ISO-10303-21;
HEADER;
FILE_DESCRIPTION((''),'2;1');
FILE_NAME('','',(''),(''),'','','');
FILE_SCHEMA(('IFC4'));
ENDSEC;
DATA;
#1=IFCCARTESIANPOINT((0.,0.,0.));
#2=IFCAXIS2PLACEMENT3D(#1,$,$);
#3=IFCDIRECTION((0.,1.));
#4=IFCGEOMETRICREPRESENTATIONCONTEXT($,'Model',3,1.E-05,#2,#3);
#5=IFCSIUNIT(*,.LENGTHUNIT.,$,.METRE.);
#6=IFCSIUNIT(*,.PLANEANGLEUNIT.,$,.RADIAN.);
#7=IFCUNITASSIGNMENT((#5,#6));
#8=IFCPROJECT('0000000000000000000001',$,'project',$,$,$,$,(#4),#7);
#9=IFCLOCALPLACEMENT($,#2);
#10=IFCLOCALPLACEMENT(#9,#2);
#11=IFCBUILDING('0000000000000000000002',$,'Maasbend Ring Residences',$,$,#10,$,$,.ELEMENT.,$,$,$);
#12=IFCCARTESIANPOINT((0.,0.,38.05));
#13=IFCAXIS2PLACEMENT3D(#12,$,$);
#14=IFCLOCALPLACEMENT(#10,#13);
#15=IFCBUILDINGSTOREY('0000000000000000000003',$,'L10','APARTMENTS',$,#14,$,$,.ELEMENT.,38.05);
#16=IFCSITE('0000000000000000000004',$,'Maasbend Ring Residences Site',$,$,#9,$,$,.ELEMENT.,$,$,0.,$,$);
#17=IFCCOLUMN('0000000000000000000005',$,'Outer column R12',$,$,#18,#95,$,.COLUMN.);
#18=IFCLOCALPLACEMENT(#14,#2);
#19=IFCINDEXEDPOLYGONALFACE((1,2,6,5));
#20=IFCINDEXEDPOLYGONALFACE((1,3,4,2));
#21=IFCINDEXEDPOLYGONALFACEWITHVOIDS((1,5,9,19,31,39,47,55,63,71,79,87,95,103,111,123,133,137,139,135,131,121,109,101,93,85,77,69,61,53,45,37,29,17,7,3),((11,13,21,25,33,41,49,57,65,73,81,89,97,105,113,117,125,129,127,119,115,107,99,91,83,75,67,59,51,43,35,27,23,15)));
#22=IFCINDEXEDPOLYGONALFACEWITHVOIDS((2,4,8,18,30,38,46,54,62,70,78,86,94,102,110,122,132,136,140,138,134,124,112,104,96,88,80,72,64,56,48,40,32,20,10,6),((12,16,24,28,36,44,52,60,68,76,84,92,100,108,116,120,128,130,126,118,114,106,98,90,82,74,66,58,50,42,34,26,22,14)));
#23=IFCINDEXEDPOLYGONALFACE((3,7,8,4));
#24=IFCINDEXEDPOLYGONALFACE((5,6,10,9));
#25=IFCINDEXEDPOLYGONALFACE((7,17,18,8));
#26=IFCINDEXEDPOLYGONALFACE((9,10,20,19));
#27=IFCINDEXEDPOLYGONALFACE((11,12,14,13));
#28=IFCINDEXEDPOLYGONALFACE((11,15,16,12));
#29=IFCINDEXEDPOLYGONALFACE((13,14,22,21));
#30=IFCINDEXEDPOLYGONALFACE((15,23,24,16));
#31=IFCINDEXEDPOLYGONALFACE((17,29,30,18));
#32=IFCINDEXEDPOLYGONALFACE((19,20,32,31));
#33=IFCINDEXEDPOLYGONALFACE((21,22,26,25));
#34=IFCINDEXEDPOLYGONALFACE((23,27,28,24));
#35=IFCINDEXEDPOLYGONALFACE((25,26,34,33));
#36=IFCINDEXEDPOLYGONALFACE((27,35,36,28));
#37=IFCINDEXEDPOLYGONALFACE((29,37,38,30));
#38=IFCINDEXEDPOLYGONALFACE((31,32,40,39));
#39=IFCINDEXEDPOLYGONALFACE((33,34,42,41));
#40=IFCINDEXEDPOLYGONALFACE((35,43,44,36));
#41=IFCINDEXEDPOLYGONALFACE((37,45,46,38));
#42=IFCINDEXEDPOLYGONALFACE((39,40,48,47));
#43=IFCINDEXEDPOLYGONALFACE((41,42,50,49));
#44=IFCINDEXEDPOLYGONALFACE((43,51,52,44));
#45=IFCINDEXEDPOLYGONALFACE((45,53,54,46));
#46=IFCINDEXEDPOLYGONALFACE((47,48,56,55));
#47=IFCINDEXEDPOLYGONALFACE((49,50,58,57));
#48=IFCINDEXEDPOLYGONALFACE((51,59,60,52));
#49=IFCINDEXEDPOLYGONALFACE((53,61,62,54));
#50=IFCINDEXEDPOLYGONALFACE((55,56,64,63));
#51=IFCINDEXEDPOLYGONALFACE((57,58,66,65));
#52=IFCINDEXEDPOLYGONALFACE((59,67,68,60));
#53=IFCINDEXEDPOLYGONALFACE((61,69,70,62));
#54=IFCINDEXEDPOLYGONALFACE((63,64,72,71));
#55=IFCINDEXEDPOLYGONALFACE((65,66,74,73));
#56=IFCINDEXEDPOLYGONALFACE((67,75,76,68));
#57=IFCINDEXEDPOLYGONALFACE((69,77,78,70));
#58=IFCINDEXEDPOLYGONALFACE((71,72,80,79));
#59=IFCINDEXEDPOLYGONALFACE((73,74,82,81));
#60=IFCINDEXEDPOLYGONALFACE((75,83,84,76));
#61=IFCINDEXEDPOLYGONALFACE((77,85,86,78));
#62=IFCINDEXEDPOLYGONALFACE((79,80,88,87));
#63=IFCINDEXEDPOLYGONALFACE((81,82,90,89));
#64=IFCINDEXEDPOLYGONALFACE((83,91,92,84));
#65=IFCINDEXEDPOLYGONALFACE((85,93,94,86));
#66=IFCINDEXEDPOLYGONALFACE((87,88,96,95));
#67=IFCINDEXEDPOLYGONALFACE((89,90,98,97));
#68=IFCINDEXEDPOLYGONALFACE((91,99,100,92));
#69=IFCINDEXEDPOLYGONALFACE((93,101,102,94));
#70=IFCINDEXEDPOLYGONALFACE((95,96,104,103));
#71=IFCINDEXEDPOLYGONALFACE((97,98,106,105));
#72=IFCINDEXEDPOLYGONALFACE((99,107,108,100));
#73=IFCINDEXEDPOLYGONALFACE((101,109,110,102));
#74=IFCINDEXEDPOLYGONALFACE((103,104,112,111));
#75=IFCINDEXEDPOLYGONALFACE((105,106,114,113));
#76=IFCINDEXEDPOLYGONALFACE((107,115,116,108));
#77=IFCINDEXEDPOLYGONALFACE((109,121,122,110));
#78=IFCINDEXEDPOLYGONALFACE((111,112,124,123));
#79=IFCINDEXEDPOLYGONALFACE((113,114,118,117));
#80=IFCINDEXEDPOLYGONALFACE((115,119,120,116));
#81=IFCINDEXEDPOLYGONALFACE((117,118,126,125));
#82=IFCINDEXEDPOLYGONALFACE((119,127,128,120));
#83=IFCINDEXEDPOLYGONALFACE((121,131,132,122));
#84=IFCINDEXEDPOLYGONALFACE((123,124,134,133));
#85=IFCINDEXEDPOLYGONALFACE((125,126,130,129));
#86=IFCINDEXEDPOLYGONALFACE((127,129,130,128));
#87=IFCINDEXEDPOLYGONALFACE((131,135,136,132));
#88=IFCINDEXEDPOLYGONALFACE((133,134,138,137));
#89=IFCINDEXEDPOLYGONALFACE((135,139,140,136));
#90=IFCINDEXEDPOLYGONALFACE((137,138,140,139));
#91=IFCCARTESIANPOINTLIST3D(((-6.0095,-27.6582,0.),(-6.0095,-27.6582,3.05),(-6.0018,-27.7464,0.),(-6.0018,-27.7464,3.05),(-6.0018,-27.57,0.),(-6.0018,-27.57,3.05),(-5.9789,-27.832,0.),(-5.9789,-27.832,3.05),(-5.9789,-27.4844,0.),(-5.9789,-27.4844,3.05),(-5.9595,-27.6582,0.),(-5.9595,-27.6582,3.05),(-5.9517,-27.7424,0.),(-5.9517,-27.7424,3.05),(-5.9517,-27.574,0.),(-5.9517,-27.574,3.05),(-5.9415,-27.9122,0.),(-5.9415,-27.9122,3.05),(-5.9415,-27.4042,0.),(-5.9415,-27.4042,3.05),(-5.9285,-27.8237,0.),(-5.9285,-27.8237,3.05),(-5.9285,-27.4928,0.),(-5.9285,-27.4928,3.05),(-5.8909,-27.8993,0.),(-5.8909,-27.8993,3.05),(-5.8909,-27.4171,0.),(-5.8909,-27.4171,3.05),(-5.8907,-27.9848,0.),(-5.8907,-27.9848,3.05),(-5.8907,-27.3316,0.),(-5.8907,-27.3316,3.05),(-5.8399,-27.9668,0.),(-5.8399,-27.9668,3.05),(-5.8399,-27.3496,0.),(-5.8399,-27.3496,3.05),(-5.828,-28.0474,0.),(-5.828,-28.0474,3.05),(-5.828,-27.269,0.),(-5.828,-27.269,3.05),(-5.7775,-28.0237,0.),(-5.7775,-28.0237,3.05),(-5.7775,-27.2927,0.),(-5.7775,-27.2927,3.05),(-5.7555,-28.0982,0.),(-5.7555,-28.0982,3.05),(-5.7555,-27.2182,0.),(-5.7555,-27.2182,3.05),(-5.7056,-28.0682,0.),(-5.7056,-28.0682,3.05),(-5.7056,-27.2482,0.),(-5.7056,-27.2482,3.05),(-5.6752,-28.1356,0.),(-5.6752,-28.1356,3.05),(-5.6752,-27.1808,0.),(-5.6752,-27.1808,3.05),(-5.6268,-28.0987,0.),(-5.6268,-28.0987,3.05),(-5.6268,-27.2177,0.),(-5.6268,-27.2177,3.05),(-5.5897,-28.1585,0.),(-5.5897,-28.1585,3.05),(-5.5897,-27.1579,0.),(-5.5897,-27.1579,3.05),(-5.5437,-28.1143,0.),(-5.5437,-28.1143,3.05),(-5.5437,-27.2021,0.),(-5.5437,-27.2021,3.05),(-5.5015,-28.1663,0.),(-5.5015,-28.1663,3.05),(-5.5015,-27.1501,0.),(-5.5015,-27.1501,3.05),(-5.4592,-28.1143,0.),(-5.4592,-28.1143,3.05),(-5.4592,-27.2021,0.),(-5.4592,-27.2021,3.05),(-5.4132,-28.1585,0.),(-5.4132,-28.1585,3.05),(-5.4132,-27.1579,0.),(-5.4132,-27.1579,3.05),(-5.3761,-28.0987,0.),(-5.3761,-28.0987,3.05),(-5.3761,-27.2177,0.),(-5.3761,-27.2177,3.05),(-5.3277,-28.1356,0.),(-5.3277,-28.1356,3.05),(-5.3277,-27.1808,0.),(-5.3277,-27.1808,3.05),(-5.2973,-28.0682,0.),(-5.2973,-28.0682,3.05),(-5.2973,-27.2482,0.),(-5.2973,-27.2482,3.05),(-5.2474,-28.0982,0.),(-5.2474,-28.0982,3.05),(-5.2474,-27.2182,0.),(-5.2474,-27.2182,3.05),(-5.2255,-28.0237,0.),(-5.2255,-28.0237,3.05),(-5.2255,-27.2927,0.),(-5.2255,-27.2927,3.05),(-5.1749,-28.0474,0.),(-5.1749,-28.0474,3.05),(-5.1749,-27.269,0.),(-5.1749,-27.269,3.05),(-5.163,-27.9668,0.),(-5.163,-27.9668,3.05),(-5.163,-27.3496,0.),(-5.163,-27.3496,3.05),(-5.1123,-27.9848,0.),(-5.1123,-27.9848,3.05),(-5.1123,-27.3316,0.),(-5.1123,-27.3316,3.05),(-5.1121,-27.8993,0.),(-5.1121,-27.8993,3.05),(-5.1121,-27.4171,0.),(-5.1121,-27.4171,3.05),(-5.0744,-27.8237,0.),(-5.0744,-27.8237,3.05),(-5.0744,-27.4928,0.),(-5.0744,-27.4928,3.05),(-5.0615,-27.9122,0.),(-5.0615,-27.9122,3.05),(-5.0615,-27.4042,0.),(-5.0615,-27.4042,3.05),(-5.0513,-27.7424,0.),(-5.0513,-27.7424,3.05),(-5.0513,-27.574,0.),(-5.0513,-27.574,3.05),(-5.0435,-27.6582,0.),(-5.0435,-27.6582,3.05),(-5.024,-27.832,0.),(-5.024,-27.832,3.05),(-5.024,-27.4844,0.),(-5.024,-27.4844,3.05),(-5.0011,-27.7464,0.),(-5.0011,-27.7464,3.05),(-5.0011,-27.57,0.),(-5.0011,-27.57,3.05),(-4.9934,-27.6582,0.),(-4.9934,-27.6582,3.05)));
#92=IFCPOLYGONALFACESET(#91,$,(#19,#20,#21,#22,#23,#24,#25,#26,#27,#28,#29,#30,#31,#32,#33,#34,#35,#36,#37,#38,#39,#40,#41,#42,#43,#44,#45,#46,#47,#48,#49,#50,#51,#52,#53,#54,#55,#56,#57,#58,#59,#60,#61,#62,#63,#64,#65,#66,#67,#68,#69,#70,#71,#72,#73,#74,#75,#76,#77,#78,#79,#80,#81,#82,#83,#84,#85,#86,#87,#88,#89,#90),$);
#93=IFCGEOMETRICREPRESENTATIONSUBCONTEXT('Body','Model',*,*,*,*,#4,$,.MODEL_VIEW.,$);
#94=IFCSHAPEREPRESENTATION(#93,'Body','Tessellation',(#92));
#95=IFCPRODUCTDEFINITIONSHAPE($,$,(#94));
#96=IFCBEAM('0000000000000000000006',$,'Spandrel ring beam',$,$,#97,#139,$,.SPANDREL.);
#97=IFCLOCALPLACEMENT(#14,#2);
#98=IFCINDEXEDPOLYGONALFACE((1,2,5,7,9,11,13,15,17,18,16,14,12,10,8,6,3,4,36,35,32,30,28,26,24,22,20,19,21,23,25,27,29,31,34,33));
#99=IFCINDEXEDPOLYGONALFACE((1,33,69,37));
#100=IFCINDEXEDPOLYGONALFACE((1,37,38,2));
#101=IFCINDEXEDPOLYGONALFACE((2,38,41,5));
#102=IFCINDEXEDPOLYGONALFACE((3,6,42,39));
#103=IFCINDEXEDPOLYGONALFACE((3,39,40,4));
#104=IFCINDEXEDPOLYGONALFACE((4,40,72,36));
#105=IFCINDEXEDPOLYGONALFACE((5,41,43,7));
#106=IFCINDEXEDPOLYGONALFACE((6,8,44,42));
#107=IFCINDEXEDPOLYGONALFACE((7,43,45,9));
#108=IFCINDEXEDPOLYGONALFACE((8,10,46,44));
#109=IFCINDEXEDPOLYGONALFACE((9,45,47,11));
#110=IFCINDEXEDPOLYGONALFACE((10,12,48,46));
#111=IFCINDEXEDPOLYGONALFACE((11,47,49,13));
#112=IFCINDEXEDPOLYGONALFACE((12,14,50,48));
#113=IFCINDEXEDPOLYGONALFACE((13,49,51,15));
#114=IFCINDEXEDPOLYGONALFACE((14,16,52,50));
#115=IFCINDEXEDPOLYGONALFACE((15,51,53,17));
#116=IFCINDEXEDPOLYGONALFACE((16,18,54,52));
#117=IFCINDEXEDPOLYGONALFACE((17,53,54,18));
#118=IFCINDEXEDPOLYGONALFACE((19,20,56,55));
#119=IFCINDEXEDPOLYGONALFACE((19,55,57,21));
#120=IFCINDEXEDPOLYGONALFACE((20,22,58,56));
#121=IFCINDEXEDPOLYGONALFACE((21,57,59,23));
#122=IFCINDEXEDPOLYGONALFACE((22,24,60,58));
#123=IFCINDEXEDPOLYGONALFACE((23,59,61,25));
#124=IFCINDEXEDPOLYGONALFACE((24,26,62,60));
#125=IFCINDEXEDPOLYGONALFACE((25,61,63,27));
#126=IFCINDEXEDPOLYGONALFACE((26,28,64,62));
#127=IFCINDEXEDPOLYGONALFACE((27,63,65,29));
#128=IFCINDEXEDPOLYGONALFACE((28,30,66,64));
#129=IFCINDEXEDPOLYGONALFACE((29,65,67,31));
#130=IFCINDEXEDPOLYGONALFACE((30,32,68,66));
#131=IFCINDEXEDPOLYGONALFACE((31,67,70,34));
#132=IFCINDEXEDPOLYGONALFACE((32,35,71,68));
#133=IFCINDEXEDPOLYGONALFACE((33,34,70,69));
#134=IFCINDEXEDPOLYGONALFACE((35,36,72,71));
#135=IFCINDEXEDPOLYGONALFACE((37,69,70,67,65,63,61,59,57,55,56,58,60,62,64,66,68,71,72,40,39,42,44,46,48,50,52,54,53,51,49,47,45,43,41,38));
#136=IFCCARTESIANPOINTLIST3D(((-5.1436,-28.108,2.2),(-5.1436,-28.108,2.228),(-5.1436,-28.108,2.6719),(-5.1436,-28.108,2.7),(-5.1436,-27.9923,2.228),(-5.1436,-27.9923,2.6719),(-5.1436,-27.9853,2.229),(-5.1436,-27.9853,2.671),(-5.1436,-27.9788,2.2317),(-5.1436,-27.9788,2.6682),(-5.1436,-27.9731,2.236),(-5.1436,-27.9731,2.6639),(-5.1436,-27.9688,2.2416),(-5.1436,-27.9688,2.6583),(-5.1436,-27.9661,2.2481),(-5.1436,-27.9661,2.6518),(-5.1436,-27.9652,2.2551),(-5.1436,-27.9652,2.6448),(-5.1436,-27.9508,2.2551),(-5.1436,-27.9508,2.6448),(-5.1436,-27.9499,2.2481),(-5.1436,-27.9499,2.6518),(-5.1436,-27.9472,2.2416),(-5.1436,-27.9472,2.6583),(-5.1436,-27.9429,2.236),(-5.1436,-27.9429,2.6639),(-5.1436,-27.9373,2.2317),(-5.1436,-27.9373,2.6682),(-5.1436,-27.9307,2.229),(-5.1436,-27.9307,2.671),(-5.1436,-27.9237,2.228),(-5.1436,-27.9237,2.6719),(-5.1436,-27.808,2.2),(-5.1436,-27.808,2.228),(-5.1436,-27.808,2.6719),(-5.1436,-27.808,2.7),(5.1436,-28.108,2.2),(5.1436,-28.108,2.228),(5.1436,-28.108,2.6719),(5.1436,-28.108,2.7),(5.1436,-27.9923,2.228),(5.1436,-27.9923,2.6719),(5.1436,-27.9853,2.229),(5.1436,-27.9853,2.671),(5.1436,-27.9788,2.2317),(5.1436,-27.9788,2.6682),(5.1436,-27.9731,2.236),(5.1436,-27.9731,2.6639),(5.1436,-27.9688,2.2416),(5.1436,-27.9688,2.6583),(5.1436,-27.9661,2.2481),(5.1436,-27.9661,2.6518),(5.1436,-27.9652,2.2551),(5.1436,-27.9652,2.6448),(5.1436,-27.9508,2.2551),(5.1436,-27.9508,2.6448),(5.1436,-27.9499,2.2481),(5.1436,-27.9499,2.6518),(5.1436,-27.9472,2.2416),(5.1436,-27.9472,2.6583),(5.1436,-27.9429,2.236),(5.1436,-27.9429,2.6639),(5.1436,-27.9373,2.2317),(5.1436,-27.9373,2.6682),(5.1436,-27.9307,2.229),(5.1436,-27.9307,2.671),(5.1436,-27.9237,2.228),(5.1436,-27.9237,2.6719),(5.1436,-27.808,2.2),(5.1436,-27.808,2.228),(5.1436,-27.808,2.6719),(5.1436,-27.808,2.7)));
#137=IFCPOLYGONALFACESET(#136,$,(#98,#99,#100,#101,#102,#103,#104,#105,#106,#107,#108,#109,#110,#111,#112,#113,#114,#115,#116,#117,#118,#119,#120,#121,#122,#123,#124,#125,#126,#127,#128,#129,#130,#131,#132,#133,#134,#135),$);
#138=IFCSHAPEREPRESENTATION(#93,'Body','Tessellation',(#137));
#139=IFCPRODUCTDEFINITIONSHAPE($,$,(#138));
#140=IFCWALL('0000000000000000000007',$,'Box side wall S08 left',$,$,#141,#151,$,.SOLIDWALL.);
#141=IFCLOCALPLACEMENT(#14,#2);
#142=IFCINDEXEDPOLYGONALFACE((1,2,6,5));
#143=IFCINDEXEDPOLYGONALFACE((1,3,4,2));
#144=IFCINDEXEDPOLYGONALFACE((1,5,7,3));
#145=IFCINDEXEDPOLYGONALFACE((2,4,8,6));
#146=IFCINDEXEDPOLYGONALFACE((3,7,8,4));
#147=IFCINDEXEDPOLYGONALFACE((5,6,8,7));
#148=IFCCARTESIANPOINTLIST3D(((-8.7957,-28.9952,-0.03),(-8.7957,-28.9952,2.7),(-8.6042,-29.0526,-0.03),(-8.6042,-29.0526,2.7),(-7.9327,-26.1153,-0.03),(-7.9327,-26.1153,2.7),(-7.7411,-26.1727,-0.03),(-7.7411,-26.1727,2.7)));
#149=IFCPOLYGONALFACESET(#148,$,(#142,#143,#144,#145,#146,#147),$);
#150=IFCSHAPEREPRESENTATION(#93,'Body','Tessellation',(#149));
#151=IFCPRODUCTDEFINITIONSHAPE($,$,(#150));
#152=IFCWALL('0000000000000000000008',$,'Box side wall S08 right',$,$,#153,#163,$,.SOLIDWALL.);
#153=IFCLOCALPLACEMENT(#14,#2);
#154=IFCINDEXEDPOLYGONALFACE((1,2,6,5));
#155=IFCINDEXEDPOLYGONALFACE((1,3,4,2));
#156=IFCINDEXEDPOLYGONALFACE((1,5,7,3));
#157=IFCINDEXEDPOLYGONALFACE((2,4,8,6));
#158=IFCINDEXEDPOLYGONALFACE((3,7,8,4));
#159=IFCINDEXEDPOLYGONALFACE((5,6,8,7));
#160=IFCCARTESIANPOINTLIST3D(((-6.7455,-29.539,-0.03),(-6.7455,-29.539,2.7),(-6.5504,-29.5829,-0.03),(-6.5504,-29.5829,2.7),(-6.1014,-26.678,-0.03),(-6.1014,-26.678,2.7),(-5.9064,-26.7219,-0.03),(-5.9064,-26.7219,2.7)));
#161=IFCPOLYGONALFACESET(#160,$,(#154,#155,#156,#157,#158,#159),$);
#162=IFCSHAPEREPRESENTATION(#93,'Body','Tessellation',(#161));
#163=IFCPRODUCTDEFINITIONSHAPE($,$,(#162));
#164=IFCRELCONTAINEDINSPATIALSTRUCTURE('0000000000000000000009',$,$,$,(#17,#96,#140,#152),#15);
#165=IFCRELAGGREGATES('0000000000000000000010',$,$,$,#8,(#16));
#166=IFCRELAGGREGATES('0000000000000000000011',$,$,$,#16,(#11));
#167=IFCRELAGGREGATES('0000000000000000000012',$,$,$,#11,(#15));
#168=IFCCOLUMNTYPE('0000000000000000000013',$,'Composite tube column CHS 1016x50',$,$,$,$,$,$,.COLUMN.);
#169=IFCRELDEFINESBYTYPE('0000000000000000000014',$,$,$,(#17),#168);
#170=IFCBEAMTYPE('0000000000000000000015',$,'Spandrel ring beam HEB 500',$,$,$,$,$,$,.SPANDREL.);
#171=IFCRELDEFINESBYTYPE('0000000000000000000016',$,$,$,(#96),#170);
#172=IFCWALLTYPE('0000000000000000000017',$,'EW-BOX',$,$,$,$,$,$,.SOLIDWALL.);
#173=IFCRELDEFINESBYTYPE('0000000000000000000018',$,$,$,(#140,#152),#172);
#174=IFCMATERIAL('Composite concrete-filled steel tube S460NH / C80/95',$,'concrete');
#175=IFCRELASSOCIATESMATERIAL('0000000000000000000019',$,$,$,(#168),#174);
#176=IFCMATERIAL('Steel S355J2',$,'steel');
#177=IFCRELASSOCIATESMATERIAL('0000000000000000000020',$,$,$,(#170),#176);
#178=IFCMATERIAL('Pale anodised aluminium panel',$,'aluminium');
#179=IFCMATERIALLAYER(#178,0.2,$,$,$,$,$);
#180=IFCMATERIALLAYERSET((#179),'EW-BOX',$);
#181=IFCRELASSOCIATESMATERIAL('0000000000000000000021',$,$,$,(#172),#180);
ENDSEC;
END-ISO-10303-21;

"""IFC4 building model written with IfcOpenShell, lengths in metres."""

from ifc_helpers import new_model, si_unit, direction, frame, frame_2d, origin, origin_2d, place, context, subcontext, project, spatial, rectangle, hollow_circle, i_section, extrude, material, layer, layer_set, material_profile, profile_set, type_object, element, save


model = new_model("IFC4")

# Units and contexts
model_context = context("Model", 3, precision=1e-05, world=origin(), true_north=direction((0.0, 1.0)))
body_context = subcontext(model_context, "Body", "Model", "MODEL_VIEW")
ifc_project = project(units=[si_unit("LENGTHUNIT", "METRE"), si_unit("PLANEANGLEUNIT", "RADIAN")], contexts=[model_context])

# Site, building, storey
site_placement = place(None, origin())
site = spatial("IfcSite", under=ifc_project, at=site_placement, Name="Maasbend Ring Residences Site", CompositionType="ELEMENT", RefElevation=0.0)
building_placement = place(site_placement, origin())
building = spatial("IfcBuilding", under=site, at=building_placement, Name="Maasbend Ring Residences", CompositionType="ELEMENT")
storey_placement = place(building_placement, frame((0.0, 0.0, 38.05)))
storey = spatial("IfcBuildingStorey", under=building, at=storey_placement, Name="L10", Description="APARTMENTS", CompositionType="ELEMENT", Elevation=38.05)

# Column
ifc_material_1 = material(Name="Composite concrete-filled steel tube S460NH / C80/95", Category="concrete")
ifc_material_profile_1 = material_profile(ifc_material_1, hollow_circle(Radius=0.5081, WallThickness=0.05, at=origin_2d()), Name="Composite tube column CHS 1016x50")
ifc_profile_set_1 = profile_set([ifc_material_profile_1], Name="Composite concrete-filled steel tube S460NH / C80/95")
column_type = type_object("IfcColumnType", Name="Composite tube column CHS 1016x50", PredefinedType="COLUMN", material=ifc_profile_set_1)
column_placement = place(storey_placement, frame((-5.5015, -27.6582, 0.0), z_axis=(0.0, 0.0, 1.0), x_axis=(1.0, 0.0, 0.0)))
element("IfcColumn", 1, at=column_placement, inside=storey, type_object=column_type, Name="Outer column R12", PredefinedType="COLUMN", context=body_context, shape_type="SweptSolid", body=[
    extrude(hollow_circle(Radius=0.5081, WallThickness=0.05, at=origin_2d()), origin(), (0.0, 0.0, 1.0), 3.05),
])

# Beam
ifc_material_2 = material(Name="Steel S355J2", Category="steel")
ifc_material_profile_2 = material_profile(ifc_material_2, i_section(OverallWidth=0.3, OverallDepth=0.5, WebThickness=0.0144, FlangeThickness=0.0281, FilletRadius=0.0271, at=origin_2d()), Name="HEB 500")
ifc_profile_set_2 = profile_set([ifc_material_profile_2], Name="Steel S355J2")
beam_type = type_object("IfcBeamType", Name="Spandrel ring beam HEB 500", PredefinedType="SPANDREL", material=ifc_profile_set_2)
beam_placement = place(storey_placement, frame((-5.1436, -27.958, 2.45), z_axis=(1.0, 0.0, 0.0), x_axis=(0.0, 1.0, 0.0)))
element("IfcBeam", 2, at=beam_placement, inside=storey, type_object=beam_type, Name="Spandrel ring beam", PredefinedType="SPANDREL", context=body_context, shape_type="SweptSolid", body=[
    extrude(i_section(OverallWidth=0.3, OverallDepth=0.5, WebThickness=0.0144, FlangeThickness=0.0281, FilletRadius=0.0271, at=origin_2d()), origin(), (0.0, 0.0, 1.0), 10.2871),
])

# Walls
ifc_material_3 = material(Name="Pale anodised aluminium panel", Category="aluminium")
ifc_layer_1 = layer(ifc_material_3, 0.2)
ifc_layer_set_1 = layer_set([ifc_layer_1], Name="EW-BOX")
wall_type_1 = type_object("IfcWallType", Name="EW-BOX", PredefinedType="SOLIDWALL", material=ifc_layer_set_1)
wall_1_placement = place(storey_placement, frame((-7.8369, -26.144, -0.03), z_axis=(0.0, 0.0, 1.0), x_axis=(-0.287065, -0.957911, 0.0)))
element("IfcWall", 3, at=wall_1_placement, inside=storey, type_object=wall_type_1, Name="Box side wall S08 left", PredefinedType="SOLIDWALL", context=body_context, shape_type="SweptSolid", body=[
    extrude(rectangle(XDim=3.0063, YDim=0.2, at=frame_2d((1.5032, 0.0))), origin(), (0.0, 0.0, 1.0), 2.73),
])
wall_2_placement = place(storey_placement, frame((-6.0039, -26.7, -0.03), z_axis=(0.0, 0.0, 1.0), x_axis=(-0.219609, -0.975588, 0.0)))
element("IfcWall", 4, at=wall_2_placement, inside=storey, type_object=wall_type_1, Name="Box side wall S08 right", PredefinedType="SOLIDWALL", context=body_context, shape_type="SweptSolid", body=[
    extrude(rectangle(XDim=2.9326, YDim=0.2, at=frame_2d((1.4663, 0.0))), origin(), (0.0, 0.0, 1.0), 2.73),
])

save(model, "model.ifc")
